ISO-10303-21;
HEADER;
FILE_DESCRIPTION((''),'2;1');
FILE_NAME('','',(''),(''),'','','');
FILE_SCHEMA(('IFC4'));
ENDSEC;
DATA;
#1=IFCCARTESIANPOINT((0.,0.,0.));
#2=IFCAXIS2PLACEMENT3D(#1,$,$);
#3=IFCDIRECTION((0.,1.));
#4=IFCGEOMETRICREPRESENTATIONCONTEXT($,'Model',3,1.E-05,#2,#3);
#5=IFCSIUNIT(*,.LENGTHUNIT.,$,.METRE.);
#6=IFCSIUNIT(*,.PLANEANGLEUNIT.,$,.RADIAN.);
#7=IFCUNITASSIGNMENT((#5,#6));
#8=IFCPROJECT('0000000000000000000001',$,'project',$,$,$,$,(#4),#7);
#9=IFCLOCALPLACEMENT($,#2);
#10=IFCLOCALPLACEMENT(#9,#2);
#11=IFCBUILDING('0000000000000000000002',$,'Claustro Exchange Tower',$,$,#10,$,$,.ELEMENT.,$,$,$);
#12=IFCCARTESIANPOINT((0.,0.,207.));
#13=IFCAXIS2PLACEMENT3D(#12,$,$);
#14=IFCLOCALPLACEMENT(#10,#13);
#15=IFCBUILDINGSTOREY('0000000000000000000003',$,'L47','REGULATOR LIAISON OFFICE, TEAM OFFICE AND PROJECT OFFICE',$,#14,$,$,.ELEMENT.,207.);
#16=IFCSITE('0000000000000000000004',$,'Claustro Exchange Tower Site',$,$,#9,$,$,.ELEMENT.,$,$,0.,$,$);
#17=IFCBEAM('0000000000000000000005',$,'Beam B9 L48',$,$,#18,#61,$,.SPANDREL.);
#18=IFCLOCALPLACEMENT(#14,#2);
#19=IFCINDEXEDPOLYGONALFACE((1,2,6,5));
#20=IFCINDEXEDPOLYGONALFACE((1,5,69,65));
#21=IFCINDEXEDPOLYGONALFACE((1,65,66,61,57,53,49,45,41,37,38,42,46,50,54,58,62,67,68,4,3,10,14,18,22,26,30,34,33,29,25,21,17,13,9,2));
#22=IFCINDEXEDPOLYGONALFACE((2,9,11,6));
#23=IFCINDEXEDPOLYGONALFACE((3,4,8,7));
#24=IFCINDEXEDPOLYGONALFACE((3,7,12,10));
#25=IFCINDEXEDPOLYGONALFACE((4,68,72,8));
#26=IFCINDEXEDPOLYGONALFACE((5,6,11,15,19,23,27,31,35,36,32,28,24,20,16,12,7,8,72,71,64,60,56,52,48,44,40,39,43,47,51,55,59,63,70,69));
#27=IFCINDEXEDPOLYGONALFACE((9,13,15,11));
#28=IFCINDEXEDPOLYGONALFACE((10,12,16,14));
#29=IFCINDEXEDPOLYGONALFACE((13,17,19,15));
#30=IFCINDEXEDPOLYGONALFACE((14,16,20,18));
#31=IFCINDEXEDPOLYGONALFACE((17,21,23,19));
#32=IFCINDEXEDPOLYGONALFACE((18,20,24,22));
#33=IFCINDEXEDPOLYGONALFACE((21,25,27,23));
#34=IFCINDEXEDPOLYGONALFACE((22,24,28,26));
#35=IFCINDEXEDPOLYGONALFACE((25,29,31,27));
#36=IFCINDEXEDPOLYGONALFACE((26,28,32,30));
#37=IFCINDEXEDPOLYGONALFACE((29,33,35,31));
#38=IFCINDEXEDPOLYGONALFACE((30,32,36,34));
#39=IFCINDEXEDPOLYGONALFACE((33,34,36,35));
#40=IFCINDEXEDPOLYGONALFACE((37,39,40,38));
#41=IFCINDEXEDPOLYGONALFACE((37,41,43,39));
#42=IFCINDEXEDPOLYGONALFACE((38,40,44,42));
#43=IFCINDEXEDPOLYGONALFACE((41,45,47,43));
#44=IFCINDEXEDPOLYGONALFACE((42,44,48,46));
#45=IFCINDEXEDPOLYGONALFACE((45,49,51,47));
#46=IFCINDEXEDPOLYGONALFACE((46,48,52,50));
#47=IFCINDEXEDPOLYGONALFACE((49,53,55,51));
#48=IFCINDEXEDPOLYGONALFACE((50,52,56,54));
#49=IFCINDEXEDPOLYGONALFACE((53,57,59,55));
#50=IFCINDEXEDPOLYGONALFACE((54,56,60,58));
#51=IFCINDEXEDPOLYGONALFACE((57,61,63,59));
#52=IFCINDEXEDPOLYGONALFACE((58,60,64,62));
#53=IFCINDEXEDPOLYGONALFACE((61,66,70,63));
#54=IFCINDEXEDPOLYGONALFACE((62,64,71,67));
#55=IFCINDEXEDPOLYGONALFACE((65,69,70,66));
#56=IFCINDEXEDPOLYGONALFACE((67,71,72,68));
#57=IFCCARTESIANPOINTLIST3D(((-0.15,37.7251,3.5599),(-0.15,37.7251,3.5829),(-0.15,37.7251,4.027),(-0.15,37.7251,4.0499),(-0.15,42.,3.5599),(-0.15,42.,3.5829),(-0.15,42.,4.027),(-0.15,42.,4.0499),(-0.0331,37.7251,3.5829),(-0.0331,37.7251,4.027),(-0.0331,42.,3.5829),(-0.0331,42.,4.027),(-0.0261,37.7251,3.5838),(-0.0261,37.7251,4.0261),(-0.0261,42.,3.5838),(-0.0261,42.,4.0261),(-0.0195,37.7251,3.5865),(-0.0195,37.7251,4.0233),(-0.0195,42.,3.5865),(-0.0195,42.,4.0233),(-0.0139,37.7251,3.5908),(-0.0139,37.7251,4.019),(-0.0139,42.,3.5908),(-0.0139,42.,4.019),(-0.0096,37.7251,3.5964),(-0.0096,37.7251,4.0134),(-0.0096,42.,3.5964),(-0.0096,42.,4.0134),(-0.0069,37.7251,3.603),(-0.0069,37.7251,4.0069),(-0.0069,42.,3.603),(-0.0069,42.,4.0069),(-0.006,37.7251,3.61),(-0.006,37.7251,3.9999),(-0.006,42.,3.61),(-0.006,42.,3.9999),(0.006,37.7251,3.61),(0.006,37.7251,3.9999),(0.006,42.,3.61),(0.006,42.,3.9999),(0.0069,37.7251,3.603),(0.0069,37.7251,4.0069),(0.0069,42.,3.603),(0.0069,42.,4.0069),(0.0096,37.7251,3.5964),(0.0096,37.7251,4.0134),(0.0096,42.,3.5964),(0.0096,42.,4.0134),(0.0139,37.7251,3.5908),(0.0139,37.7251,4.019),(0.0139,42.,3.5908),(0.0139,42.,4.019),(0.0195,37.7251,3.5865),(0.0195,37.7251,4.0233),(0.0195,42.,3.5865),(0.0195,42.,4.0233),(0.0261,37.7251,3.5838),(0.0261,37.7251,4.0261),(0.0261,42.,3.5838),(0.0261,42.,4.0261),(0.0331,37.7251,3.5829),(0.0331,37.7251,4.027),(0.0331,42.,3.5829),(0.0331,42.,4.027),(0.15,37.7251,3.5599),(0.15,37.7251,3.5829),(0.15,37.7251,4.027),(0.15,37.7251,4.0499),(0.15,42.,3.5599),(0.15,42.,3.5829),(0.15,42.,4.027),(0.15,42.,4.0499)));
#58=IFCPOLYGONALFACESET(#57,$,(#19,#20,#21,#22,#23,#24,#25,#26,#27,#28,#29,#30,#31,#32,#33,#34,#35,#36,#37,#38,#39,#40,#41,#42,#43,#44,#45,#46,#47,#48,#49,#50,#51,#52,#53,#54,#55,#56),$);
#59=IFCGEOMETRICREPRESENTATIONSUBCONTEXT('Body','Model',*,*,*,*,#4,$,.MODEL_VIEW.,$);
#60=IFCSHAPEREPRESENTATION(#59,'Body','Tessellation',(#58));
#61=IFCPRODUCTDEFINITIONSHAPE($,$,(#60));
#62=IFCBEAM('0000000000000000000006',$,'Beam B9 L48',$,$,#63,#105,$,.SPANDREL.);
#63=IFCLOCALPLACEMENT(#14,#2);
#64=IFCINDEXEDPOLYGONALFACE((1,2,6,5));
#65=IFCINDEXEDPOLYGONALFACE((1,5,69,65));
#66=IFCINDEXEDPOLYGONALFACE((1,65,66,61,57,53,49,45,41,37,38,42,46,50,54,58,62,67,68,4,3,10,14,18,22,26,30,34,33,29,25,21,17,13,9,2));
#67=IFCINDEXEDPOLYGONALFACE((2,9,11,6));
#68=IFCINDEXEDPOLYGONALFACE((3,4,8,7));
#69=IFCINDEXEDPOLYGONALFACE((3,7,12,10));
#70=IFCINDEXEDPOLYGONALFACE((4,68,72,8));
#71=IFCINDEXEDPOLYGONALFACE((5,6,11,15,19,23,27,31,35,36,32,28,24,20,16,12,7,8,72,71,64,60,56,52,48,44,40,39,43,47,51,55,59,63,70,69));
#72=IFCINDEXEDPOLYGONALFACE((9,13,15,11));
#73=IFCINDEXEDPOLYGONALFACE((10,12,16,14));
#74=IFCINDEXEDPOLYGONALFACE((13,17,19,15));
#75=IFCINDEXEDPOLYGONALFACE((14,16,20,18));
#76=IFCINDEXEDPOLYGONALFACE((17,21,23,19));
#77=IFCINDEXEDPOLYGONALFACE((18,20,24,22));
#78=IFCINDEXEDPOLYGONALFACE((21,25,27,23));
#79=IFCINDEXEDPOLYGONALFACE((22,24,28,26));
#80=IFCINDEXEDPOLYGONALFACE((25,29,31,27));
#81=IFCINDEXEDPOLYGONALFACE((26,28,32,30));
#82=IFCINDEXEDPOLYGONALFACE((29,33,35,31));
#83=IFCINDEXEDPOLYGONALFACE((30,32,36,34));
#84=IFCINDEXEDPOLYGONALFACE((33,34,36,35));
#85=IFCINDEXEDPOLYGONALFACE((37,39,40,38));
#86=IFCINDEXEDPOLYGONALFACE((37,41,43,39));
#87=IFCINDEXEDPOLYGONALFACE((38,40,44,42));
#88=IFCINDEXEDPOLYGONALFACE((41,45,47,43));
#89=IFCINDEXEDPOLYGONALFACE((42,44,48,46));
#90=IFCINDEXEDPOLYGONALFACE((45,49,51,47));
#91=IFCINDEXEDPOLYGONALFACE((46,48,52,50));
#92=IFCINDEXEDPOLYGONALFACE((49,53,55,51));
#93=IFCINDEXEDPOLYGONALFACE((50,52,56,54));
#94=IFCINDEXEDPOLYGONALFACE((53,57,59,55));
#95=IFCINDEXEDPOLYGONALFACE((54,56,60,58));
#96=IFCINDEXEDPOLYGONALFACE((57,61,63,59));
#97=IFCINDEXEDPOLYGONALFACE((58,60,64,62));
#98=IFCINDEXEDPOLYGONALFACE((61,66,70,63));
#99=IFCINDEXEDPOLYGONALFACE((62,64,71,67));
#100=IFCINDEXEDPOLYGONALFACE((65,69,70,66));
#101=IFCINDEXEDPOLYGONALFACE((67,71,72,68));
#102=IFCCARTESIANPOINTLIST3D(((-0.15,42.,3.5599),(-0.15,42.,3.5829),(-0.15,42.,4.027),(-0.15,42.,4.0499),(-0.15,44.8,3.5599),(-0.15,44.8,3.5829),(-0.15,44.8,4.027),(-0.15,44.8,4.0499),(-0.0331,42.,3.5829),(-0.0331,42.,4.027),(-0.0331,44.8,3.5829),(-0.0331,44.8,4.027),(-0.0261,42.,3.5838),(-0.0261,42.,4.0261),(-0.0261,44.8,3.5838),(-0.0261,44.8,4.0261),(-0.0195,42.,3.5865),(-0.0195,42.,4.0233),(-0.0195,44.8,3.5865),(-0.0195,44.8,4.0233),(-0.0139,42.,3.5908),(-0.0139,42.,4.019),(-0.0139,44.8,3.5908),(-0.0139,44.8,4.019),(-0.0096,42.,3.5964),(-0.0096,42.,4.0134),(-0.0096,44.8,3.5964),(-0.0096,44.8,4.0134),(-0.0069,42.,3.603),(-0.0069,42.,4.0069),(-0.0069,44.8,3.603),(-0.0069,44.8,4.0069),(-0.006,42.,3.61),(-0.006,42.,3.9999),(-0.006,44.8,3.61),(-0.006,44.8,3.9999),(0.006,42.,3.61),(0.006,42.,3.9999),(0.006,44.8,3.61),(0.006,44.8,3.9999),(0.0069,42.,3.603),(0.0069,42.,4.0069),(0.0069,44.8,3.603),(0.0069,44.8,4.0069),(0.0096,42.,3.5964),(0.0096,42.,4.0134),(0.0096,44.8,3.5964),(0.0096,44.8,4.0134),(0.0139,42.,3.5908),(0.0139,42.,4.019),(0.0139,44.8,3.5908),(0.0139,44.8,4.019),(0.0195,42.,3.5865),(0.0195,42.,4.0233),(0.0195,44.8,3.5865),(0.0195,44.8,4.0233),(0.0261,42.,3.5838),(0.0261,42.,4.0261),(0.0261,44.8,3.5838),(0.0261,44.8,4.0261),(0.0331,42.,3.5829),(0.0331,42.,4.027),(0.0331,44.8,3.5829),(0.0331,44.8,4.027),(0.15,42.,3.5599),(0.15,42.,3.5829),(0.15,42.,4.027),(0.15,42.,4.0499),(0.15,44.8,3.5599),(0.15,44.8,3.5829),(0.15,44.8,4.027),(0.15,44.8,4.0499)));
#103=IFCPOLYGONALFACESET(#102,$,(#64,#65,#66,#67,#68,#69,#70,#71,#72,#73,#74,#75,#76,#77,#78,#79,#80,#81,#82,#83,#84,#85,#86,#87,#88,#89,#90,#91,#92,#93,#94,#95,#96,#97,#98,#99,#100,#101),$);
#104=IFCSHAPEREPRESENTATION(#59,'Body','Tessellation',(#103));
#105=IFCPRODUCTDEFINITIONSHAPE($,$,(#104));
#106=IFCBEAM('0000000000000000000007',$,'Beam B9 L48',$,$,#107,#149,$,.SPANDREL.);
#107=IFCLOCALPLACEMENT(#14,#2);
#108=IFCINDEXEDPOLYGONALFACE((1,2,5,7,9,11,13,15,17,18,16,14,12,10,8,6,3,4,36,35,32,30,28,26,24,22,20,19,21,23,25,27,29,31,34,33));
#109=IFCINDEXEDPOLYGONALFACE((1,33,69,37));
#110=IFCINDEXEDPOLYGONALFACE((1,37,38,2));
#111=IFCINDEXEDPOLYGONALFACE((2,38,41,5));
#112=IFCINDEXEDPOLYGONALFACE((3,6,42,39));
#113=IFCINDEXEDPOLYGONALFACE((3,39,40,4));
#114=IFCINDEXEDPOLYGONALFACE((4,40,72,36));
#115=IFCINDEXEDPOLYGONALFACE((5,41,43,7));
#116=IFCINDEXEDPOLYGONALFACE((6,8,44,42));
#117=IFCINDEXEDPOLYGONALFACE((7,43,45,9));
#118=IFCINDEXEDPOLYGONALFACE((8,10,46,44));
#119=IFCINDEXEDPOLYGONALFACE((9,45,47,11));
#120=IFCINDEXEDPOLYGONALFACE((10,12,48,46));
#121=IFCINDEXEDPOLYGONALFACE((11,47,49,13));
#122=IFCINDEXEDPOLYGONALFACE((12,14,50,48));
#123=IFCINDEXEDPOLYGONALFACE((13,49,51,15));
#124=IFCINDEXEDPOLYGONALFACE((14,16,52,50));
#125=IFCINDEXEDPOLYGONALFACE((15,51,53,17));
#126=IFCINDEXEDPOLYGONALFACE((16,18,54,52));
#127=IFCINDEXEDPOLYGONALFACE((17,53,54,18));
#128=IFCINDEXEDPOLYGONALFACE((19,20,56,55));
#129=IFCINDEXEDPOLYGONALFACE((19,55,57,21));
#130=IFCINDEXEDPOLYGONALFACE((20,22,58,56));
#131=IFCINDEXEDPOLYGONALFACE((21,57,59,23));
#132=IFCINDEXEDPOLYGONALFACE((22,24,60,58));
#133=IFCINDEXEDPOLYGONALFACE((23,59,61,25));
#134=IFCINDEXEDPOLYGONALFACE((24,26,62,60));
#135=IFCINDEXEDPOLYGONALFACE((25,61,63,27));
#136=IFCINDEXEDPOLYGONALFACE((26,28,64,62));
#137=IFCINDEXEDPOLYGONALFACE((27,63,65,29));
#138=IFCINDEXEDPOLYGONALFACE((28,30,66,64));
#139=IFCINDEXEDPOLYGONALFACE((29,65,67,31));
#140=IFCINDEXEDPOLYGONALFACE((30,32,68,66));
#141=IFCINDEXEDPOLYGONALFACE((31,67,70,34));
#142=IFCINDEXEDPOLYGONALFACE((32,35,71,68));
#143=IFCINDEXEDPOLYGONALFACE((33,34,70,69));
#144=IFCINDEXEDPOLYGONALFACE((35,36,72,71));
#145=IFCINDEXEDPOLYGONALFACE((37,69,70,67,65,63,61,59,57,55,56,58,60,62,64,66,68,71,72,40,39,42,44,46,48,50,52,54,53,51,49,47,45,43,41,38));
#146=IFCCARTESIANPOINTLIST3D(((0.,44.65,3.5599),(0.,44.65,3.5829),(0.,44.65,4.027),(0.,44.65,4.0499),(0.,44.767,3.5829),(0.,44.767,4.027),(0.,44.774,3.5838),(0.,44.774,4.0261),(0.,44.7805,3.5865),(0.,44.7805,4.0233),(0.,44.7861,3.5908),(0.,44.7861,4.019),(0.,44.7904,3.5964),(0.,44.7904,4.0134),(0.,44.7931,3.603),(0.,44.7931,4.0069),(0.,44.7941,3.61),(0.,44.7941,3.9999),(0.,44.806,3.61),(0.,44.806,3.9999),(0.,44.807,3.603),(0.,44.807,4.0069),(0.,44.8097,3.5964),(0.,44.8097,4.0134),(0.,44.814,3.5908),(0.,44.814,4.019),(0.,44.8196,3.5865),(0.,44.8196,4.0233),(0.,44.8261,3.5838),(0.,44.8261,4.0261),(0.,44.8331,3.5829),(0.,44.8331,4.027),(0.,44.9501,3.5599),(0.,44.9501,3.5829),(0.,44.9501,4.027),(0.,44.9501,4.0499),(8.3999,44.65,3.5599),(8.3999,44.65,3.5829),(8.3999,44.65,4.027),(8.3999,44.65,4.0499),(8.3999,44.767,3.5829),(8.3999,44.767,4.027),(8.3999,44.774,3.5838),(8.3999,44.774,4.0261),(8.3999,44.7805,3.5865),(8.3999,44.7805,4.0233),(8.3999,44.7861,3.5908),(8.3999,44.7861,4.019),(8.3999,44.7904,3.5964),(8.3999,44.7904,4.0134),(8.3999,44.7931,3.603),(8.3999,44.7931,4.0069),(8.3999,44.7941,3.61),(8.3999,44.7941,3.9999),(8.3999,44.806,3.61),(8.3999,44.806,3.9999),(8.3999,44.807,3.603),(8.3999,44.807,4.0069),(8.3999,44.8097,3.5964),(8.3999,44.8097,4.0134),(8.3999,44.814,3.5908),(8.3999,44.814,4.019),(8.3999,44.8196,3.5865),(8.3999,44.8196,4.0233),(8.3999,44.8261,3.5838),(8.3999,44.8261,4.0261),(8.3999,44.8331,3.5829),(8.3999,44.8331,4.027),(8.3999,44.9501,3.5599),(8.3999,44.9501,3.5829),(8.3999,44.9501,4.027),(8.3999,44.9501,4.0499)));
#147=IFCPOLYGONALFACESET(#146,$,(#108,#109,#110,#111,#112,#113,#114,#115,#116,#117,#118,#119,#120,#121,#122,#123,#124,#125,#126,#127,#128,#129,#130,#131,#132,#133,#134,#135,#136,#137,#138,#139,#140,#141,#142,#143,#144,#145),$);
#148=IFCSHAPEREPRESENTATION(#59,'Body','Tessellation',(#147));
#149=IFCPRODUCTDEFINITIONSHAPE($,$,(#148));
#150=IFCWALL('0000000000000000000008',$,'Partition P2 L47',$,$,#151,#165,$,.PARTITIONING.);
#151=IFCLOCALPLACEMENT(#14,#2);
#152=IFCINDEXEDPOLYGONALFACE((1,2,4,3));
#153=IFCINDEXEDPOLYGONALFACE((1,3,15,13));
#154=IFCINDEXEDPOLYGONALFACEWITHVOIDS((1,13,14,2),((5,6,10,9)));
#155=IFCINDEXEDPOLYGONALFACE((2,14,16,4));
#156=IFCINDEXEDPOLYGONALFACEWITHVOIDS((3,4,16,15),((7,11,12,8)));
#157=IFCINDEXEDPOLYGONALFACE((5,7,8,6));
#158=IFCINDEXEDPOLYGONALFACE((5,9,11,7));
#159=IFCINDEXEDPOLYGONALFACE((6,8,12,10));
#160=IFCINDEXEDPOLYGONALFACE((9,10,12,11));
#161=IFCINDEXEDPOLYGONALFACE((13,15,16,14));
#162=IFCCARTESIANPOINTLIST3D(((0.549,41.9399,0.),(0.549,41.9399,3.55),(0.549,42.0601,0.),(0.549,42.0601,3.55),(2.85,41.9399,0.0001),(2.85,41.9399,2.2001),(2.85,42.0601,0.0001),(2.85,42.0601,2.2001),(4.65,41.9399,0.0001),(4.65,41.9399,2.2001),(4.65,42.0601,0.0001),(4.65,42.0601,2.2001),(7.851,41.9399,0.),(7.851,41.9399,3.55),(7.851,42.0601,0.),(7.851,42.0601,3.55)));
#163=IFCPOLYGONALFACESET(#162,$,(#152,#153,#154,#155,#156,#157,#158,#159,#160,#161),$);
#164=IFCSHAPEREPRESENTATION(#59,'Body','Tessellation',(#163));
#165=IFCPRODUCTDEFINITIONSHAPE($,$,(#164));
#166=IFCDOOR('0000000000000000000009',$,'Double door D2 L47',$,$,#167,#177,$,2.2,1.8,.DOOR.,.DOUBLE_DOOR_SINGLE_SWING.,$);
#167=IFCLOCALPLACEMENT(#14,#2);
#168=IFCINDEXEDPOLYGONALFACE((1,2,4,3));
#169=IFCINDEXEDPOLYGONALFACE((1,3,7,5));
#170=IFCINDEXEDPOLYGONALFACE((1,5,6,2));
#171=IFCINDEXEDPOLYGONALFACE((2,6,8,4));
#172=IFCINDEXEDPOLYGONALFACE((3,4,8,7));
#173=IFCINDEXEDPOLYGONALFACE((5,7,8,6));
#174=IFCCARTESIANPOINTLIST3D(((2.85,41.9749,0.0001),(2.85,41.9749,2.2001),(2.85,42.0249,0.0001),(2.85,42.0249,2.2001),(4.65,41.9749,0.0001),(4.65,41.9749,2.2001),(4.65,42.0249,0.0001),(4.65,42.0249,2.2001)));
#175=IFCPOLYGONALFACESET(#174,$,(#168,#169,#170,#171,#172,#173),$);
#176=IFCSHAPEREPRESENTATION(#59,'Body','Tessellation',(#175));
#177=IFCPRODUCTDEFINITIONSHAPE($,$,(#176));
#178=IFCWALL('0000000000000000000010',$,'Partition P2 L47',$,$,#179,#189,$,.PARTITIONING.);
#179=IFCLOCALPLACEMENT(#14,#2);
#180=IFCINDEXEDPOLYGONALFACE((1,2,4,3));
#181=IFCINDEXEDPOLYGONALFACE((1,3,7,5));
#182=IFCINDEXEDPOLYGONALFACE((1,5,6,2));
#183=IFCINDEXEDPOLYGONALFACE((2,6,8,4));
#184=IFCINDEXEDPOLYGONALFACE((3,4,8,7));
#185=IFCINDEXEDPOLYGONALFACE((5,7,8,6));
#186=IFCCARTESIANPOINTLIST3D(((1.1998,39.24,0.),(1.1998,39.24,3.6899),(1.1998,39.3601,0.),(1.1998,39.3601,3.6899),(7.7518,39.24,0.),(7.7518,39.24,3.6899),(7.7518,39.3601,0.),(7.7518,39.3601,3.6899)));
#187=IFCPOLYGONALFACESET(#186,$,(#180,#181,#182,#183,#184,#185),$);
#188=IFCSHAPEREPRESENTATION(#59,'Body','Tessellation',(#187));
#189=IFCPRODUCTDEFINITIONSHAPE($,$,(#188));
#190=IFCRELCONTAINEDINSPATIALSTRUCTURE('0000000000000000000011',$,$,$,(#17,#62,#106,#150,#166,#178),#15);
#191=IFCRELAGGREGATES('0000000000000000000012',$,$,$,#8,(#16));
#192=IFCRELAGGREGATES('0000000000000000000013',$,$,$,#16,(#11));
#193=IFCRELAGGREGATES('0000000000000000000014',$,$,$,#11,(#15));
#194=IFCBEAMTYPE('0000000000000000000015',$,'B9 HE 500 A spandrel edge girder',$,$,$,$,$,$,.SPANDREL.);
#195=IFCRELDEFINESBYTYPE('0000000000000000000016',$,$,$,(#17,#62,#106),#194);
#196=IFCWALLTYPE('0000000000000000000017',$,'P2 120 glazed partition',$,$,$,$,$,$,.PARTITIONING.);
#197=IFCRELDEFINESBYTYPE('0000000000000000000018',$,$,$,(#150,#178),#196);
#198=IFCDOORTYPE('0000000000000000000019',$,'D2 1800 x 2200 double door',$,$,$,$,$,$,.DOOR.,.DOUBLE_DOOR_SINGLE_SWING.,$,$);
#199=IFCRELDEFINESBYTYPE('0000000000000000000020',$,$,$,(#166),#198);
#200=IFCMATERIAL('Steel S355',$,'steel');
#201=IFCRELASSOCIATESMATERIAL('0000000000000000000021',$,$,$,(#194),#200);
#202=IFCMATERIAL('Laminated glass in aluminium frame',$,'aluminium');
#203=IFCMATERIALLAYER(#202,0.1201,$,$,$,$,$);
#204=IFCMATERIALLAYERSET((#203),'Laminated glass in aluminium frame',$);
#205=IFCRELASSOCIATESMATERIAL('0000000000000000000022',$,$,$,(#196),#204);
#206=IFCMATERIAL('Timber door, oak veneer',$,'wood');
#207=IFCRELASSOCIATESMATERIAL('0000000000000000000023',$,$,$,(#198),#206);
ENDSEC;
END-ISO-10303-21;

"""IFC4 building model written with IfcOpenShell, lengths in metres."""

from ifc_helpers import new_model, si_unit, direction, frame, frame_2d, origin, origin_2d, place, context, subcontext, project, spatial, rectangle, i_section, extrude, material, layer, layer_set, material_profile, profile_set, type_object, element, fill, save


model = new_model("IFC4")

# Units and contexts
model_context = context("Model", 3, precision=1e-05, world=origin(), true_north=direction((0.0, 1.0)))
body_context = subcontext(model_context, "Body", "Model", "MODEL_VIEW")
ifc_project = project(units=[si_unit("LENGTHUNIT", "METRE"), si_unit("PLANEANGLEUNIT", "RADIAN")], contexts=[model_context])

# Site, building, storey
site_placement = place(None, origin())
site = spatial("IfcSite", under=ifc_project, at=site_placement, Name="Claustro Exchange Tower Site", CompositionType="ELEMENT", RefElevation=0.0)
building_placement = place(site_placement, origin())
building = spatial("IfcBuilding", under=site, at=building_placement, Name="Claustro Exchange Tower", CompositionType="ELEMENT")
storey_placement = place(building_placement, frame((0.0, 0.0, 207.0)))
storey = spatial("IfcBuildingStorey", under=building, at=storey_placement, Name="L47", Description="REGULATOR LIAISON OFFICE, TEAM OFFICE AND PROJECT OFFICE", CompositionType="ELEMENT", Elevation=207.0)

# Beams
ifc_material_1 = material(Name="Steel S355", Category="steel")
ifc_material_profile_1 = material_profile(ifc_material_1, i_section(OverallWidth=0.3, OverallDepth=0.49, WebThickness=0.012, FlangeThickness=0.0229, FilletRadius=0.0271, at=origin_2d()), Name="HE 500 A")
ifc_profile_set_1 = profile_set([ifc_material_profile_1], Name="Steel S355")
beam_type_1 = type_object("IfcBeamType", Name="B9 HE 500 A spandrel edge girder", PredefinedType="SPANDREL", material=ifc_profile_set_1)
beam_1_placement = place(storey_placement, frame((0.0, 37.7251, 3.8049), z_axis=(0.0, 1.0, 0.0), x_axis=(-1.0, 0.0, 0.0)))
element("IfcBeam", 1, at=beam_1_placement, inside=storey, type_object=beam_type_1, Name="Beam B9 L48", PredefinedType="SPANDREL", context=body_context, shape_type="SweptSolid", body=[
    extrude(i_section(OverallWidth=0.3, OverallDepth=0.49, WebThickness=0.012, FlangeThickness=0.0229, FilletRadius=0.0271, at=origin_2d()), origin(), (0.0, 0.0, 1.0), 4.2749),
])
beam_2_placement = place(storey_placement, frame((0.0, 42.0, 3.8049), z_axis=(0.0, 1.0, 0.0), x_axis=(-1.0, 0.0, 0.0)))
element("IfcBeam", 2, at=beam_2_placement, inside=storey, type_object=beam_type_1, Name="Beam B9 L48", PredefinedType="SPANDREL", context=body_context, shape_type="SweptSolid", body=[
    extrude(i_section(OverallWidth=0.3, OverallDepth=0.49, WebThickness=0.012, FlangeThickness=0.0229, FilletRadius=0.0271, at=origin_2d()), origin(), (0.0, 0.0, 1.0), 2.8),
])
beam_3_placement = place(storey_placement, frame((0.0, 44.8, 3.8049), z_axis=(1.0, 0.0, 0.0), x_axis=(0.0, 1.0, 0.0)))
element("IfcBeam", 3, at=beam_3_placement, inside=storey, type_object=beam_type_1, Name="Beam B9 L48", PredefinedType="SPANDREL", context=body_context, shape_type="SweptSolid", body=[
    extrude(i_section(OverallWidth=0.3, OverallDepth=0.49, WebThickness=0.012, FlangeThickness=0.0229, FilletRadius=0.0271, at=origin_2d()), origin(), (0.0, 0.0, 1.0), 8.3999),
])

# Wall, opening, door
ifc_material_2 = material(Name="Laminated glass in aluminium frame", Category="aluminium")
ifc_layer_1 = layer(ifc_material_2, 0.1201)
ifc_layer_set_1 = layer_set([ifc_layer_1], Name="Laminated glass in aluminium frame")
wall_type_1 = type_object("IfcWallType", Name="P2 120 glazed partition", PredefinedType="PARTITIONING", material=ifc_layer_set_1)
wall_1_placement = place(storey_placement, frame((0.5491, 42.0, 0.0), z_axis=(0.0, 0.0, 1.0), x_axis=(1.0, 0.0, 0.0)))
wall_1 = element("IfcWall", 4, at=wall_1_placement, inside=storey, type_object=wall_type_1, Name="Partition P2 L47", PredefinedType="PARTITIONING", context=body_context, shape_type="SweptSolid", body=[
    extrude(rectangle(XDim=7.302, YDim=0.1201, at=frame_2d((3.6509, 0.0))), origin(), (0.0, 0.0, 1.0), 3.55),
])
opening_1_placement = place(wall_1_placement, frame((2.301, 0.0, 0.0)))
opening_1 = element("IfcOpeningElement", 5, at=opening_1_placement, cuts=wall_1, PredefinedType="OPENING", context=body_context, shape_type="SweptSolid", body=[
    extrude(rectangle(XDim=1.8, YDim=2.2, at=frame_2d((0.8999, 1.1001))), frame((0.0, 0.0701, 0.0), z_axis=(0.0, -1.0, 0.0), x_axis=(1.0, 0.0, 0.0)), (0.0, 0.0, 1.0), 0.1401),
])
ifc_material_3 = material(Name="Timber door, oak veneer", Category="wood")
door_type = type_object("IfcDoorType", Name="D2 1800 x 2200 double door", OperationType="DOUBLE_DOOR_SINGLE_SWING", PredefinedType="DOOR", material=ifc_material_3)
door_placement = place(opening_1_placement, origin())
door = element("IfcDoor", 6, at=door_placement, inside=storey, type_object=door_type, Name="Double door D2 L47", OperationType="DOUBLE_DOOR_SINGLE_SWING", OverallHeight=2.2, OverallWidth=1.8, PredefinedType="DOOR", context=body_context, shape_type="SweptSolid", body=[
    extrude(rectangle(XDim=1.8, YDim=2.2, at=frame_2d((0.8999, 1.1001))), frame((0.0, 0.0249, 0.0), z_axis=(0.0, -1.0, 0.0), x_axis=(1.0, 0.0, 0.0)), (0.0, 0.0, 1.0), 0.05),
])
fill(opening_1, door)

# Wall
wall_2_placement = place(storey_placement, frame((1.2, 39.3, 0.0), z_axis=(0.0, 0.0, 1.0), x_axis=(1.0, 0.0, 0.0)))
element("IfcWall", 7, at=wall_2_placement, inside=storey, type_object=wall_type_1, Name="Partition P2 L47", PredefinedType="PARTITIONING", context=body_context, shape_type="SweptSolid", body=[
    extrude(rectangle(XDim=6.552, YDim=0.1201, at=frame_2d((3.2759, 0.0))), origin(), (0.0, 0.0, 1.0), 3.6899),
])

save(model, "model.ifc")
